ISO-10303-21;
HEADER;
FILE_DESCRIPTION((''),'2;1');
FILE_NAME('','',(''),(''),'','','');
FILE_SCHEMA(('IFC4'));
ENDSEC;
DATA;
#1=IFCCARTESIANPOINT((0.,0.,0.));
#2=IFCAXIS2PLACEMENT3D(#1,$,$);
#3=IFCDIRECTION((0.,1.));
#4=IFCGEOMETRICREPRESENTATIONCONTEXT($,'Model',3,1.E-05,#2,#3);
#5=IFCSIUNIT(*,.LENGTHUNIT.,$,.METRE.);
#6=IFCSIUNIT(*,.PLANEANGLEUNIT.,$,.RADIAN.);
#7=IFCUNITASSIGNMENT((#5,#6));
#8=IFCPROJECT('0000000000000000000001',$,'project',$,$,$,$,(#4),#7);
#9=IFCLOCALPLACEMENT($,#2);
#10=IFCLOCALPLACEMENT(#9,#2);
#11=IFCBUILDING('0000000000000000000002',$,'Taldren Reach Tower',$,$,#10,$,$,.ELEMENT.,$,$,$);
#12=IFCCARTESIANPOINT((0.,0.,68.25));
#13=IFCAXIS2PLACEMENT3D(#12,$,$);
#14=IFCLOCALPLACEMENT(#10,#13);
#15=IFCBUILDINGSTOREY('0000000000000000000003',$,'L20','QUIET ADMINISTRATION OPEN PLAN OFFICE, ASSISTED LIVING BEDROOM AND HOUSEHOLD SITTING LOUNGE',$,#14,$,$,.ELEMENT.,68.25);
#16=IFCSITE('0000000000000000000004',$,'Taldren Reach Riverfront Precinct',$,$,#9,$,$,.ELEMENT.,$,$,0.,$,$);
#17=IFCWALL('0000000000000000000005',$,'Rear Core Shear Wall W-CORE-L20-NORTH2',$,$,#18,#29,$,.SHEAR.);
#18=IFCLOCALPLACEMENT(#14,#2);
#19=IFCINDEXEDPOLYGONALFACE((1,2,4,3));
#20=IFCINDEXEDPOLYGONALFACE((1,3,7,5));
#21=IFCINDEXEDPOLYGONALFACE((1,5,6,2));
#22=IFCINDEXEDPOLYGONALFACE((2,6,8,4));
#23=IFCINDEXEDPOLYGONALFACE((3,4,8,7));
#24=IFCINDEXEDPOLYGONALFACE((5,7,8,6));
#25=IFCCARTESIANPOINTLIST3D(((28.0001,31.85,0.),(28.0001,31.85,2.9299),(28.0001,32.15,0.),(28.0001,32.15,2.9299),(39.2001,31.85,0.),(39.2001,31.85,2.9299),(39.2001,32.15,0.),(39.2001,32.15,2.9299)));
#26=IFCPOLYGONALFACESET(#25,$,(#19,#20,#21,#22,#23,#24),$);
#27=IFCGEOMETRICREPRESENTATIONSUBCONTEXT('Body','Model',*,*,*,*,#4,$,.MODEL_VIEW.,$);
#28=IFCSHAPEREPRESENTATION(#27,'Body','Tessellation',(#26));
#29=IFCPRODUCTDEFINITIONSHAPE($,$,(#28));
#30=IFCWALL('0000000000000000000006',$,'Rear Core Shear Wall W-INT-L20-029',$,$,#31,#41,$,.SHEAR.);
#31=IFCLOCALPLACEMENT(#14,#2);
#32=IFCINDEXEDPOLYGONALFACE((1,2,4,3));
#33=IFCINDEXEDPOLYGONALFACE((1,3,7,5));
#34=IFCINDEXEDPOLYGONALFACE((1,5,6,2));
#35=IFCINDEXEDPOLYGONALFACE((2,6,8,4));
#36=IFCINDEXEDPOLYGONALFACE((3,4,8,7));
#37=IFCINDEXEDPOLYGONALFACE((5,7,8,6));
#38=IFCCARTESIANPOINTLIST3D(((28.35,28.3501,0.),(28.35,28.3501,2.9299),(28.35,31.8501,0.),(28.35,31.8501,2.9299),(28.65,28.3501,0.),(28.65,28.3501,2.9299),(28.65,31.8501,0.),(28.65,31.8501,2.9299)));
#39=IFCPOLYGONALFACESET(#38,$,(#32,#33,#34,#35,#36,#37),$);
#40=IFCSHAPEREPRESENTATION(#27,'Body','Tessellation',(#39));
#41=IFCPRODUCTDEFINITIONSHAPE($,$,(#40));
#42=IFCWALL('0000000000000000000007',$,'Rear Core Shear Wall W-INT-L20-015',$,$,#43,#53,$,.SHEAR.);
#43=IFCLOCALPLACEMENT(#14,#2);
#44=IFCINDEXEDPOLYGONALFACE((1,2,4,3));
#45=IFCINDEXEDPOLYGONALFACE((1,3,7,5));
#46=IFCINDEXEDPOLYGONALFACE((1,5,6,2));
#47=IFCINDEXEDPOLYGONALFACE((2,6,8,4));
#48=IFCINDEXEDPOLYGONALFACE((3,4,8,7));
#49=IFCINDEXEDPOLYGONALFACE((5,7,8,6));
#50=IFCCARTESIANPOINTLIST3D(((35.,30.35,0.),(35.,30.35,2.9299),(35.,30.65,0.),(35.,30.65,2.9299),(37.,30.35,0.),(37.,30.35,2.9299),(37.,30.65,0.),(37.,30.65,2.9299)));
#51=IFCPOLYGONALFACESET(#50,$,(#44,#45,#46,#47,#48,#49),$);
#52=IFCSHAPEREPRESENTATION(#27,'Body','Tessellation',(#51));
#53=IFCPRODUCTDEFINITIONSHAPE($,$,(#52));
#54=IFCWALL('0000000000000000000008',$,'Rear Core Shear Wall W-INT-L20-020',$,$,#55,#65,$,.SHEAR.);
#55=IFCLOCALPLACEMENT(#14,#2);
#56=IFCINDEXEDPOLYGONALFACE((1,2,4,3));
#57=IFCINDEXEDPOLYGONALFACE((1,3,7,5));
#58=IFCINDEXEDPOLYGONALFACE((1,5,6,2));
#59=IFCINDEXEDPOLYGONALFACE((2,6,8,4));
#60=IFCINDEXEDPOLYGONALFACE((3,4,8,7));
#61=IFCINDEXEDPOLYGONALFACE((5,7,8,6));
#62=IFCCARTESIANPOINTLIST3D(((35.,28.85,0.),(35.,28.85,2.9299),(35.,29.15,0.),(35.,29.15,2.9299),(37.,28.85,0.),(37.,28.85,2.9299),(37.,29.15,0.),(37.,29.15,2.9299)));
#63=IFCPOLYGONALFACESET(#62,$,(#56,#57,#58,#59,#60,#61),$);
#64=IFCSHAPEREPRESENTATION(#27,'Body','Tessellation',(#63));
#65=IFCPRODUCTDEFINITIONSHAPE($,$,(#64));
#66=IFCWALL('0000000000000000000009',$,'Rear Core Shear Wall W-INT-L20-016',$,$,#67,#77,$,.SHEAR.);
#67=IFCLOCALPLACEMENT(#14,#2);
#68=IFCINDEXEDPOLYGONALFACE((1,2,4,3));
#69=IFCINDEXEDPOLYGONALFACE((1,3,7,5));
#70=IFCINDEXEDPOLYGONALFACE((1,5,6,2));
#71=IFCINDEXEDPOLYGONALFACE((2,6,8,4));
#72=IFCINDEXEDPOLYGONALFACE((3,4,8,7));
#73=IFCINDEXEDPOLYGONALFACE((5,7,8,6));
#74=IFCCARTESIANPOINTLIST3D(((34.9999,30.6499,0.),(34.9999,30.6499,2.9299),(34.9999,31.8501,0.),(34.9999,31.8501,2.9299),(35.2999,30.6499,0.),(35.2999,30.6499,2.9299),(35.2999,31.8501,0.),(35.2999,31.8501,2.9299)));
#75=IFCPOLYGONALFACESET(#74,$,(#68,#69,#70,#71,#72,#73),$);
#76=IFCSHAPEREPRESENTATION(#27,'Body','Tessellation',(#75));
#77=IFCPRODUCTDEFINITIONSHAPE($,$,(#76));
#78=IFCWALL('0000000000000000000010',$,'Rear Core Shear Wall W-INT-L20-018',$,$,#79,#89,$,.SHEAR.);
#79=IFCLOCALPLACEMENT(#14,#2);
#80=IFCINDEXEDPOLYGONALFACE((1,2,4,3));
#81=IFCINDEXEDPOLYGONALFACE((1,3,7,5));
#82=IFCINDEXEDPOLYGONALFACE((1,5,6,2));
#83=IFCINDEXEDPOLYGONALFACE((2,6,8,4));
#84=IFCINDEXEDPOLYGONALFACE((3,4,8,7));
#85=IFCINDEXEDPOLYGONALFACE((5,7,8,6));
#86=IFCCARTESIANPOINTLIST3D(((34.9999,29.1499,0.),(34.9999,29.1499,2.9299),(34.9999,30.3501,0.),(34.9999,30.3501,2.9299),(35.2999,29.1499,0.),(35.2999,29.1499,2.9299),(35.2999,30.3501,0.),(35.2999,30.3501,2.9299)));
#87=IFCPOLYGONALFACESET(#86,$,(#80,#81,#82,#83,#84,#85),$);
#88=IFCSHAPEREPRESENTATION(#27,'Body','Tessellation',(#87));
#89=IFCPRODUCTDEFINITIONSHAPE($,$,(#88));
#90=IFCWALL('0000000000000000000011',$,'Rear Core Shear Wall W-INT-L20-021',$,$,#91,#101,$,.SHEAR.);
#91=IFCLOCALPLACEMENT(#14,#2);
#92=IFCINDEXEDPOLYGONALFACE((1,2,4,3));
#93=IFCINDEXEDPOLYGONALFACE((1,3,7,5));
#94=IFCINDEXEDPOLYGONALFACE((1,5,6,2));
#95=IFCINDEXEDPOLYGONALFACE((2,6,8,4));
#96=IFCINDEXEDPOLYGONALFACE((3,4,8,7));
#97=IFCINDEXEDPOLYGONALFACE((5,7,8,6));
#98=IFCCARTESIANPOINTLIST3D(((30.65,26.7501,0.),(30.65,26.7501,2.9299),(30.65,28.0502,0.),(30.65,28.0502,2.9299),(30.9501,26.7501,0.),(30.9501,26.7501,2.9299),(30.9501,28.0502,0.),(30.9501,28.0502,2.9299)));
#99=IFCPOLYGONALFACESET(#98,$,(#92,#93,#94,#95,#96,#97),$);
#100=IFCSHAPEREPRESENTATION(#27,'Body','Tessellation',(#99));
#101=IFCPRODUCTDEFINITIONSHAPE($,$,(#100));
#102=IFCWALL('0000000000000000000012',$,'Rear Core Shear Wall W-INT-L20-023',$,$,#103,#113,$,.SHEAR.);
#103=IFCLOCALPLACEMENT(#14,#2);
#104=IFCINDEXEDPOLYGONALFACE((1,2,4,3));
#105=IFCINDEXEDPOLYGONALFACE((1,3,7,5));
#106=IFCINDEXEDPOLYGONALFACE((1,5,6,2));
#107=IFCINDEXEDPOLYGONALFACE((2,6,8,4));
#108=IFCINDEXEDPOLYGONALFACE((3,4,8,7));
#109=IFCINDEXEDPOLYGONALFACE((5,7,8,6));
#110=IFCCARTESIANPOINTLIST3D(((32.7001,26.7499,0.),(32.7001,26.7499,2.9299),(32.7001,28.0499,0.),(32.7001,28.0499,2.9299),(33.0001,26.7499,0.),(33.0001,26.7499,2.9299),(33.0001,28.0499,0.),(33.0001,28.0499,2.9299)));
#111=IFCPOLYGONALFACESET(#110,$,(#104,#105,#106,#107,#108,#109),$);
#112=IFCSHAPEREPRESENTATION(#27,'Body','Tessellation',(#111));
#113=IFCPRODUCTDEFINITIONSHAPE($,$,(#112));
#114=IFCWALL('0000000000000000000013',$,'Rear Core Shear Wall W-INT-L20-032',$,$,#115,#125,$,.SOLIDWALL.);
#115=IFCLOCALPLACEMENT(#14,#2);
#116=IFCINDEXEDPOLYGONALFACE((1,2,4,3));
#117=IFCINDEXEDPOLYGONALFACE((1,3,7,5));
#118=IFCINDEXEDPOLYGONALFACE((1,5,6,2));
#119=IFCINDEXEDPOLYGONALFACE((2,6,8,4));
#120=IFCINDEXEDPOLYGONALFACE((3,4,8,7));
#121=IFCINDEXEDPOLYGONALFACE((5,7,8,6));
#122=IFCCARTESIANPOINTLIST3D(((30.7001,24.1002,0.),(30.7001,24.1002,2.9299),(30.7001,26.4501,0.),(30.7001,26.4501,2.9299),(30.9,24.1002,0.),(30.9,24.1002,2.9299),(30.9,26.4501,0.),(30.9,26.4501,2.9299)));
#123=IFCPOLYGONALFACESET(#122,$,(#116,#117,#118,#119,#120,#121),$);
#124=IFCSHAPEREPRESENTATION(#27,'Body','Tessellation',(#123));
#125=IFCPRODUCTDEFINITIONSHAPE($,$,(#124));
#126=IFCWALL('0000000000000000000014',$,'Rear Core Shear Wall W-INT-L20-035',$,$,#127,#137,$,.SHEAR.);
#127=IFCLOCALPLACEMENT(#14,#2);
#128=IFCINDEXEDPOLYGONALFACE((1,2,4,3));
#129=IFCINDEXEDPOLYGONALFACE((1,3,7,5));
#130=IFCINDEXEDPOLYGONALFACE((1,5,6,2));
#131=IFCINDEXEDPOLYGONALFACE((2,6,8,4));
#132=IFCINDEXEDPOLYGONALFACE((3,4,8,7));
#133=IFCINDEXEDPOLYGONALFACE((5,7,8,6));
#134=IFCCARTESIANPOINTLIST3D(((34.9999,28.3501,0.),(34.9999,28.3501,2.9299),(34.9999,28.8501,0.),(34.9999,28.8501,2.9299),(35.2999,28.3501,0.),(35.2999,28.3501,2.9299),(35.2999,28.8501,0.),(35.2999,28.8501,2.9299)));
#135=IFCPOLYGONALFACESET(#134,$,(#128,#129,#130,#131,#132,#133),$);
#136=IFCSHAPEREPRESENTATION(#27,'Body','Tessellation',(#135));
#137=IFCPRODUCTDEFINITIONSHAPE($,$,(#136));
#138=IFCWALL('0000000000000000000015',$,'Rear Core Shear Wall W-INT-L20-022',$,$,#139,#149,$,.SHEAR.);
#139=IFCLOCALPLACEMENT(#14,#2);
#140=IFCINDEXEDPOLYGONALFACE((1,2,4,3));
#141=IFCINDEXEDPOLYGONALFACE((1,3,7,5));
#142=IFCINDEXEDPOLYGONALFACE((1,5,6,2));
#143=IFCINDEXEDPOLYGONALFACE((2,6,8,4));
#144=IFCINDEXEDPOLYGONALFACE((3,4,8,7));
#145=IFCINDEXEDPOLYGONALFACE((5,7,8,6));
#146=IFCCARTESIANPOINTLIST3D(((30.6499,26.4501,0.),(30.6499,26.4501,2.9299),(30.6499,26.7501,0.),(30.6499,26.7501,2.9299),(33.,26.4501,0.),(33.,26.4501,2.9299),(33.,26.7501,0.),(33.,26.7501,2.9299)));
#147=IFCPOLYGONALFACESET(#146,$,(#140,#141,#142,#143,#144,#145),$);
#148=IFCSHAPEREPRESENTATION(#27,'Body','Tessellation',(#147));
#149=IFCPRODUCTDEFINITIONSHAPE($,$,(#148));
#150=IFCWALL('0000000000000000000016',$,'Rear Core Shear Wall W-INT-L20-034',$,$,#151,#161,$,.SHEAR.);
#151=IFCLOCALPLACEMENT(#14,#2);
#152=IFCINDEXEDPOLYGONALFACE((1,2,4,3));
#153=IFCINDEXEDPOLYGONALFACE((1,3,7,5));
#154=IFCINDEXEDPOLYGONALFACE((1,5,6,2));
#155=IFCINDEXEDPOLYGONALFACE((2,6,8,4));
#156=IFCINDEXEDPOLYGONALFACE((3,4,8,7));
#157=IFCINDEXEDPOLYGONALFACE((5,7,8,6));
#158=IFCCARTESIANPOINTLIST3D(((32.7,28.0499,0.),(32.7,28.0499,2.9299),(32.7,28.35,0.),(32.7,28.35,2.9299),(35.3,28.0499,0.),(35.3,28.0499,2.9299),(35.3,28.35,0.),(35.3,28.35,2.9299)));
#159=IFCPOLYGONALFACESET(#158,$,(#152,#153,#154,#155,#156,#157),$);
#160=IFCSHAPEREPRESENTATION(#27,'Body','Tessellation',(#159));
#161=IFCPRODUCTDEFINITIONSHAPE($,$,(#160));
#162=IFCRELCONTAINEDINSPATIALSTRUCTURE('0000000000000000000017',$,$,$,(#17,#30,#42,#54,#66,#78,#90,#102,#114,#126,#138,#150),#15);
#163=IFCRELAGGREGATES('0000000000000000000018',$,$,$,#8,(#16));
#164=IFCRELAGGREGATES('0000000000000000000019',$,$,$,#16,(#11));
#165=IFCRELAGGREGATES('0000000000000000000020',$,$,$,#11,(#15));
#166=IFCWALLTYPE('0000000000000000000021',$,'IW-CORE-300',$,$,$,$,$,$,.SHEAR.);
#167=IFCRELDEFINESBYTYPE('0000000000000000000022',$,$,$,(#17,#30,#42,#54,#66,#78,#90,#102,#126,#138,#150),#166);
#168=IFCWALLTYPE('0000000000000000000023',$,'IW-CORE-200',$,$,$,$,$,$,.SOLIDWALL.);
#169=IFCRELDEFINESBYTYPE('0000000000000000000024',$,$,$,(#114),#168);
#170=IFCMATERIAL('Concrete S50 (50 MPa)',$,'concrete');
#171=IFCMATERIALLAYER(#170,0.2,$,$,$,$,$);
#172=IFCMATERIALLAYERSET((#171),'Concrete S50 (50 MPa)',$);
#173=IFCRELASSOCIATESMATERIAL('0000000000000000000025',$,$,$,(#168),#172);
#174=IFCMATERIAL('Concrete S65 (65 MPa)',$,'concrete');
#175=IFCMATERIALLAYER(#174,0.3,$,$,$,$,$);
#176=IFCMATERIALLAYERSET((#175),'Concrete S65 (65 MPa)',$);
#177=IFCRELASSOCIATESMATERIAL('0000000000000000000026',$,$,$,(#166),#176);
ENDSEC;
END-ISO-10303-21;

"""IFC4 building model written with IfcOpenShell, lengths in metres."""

from ifc_helpers import new_model, si_unit, direction, frame, frame_2d, origin, place, context, subcontext, project, spatial, rectangle, extrude, source, transform, mapped, material, layer, layer_set, type_object, element, save


model = new_model("IFC4")

# Units and contexts
model_context = context("Model", 3, precision=1e-05, world=origin(), true_north=direction((0.0, 1.0)))
body_context = subcontext(model_context, "Body", "Model", "MODEL_VIEW")
ifc_project = project(units=[si_unit("LENGTHUNIT", "METRE"), si_unit("PLANEANGLEUNIT", "RADIAN")], contexts=[model_context])

# Site, building, storey
site_placement = place(None, origin())
site = spatial("IfcSite", under=ifc_project, at=site_placement, Name="Taldren Reach Riverfront Precinct", CompositionType="ELEMENT", RefElevation=0.0)
building_placement = place(site_placement, origin())
building = spatial("IfcBuilding", under=site, at=building_placement, Name="Taldren Reach Tower", CompositionType="ELEMENT")
storey_placement = place(building_placement, frame((0.0, 0.0, 68.25)))
storey = spatial("IfcBuildingStorey", under=building, at=storey_placement, Name="L20", Description="QUIET ADMINISTRATION OPEN PLAN OFFICE, ASSISTED LIVING BEDROOM AND HOUSEHOLD SITTING LOUNGE", CompositionType="ELEMENT", Elevation=68.25)

# Shared definitions
ifc_material_1 = material(Name="Concrete S65 (65 MPa)", Category="concrete")

# Shared definitions
ifc_material_2 = material(Name="Concrete S50 (50 MPa)", Category="concrete")
ifc_layer_1 = layer(ifc_material_2, 0.2)
ifc_layer_set_1 = layer_set([ifc_layer_1], Name="Concrete S50 (50 MPa)")
wall_type_1 = type_object("IfcWallType", Name="IW-CORE-200", PredefinedType="SOLIDWALL", material=ifc_layer_set_1)

# Walls
ifc_layer_2 = layer(ifc_material_1, 0.3)
ifc_layer_set_2 = layer_set([ifc_layer_2], Name="Concrete S65 (65 MPa)")
wall_type_2 = type_object("IfcWallType", Name="IW-CORE-300", PredefinedType="SHEAR", material=ifc_layer_set_2)
shared_shape_1 = source(origin(), body_context, "Body", "SweptSolid", [
    extrude(rectangle(XDim=11.2, YDim=0.3, at=frame_2d((5.6001, 0.0))), origin(), (0.0, 0.0, 1.0), 2.9299),
])
wall_1_placement = place(storey_placement, frame((28.0, 32.0, 0.0), z_axis=(0.0, 0.0, 1.0), x_axis=(1.0, 0.0, 0.0)))
element("IfcWall", 1, at=wall_1_placement, inside=storey, type_object=wall_type_2, Name="Rear Core Shear Wall W-CORE-L20-NORTH2", PredefinedType="SHEAR", context=body_context, shape_type="MappedRepresentation", body=[
    mapped(shared_shape_1, transform((0.0, 0.0, 0.0), scale=1.0)),
])
shared_shape_2 = source(origin(), body_context, "Body", "SweptSolid", [
    extrude(rectangle(XDim=3.5, YDim=0.3, at=frame_2d((1.75, 0.0))), origin(), (0.0, 0.0, 1.0), 2.9299),
])
wall_2_placement = place(storey_placement, frame((28.5, 28.3501, 0.0), z_axis=(0.0, 0.0, 1.0), x_axis=(0.0, 1.0, 0.0)))
element("IfcWall", 2, at=wall_2_placement, inside=storey, type_object=wall_type_2, Name="Rear Core Shear Wall W-INT-L20-029", PredefinedType="SHEAR", context=body_context, shape_type="MappedRepresentation", body=[
    mapped(shared_shape_2, transform((0.0, 0.0, 0.0), scale=1.0)),
])
shared_shape_3 = source(origin(), body_context, "Body", "SweptSolid", [
    extrude(rectangle(XDim=2.0, YDim=0.3, at=frame_2d((1.0, 0.0))), origin(), (0.0, 0.0, 1.0), 2.9299),
])
for number, where, z_axis, x_axis, name in (
    (3, (35.0, 30.5, 0.0), (0.0, 0.0, 1.0), (1.0, 0.0, 0.0), "Rear Core Shear Wall W-INT-L20-015"),
    (4, (35.0, 29.0, 0.0), (0.0, 0.0, 1.0), (1.0, 0.0, 0.0), "Rear Core Shear Wall W-INT-L20-020"),
):
    element("IfcWall", number, at=place(storey_placement, frame(where, z_axis=z_axis, x_axis=x_axis)), inside=storey, type_object=wall_type_2, Name=name, PredefinedType="SHEAR", context=body_context, shape_type="MappedRepresentation", body=[
        mapped(shared_shape_3, transform((0.0, 0.0, 0.0), scale=1.0)),
    ])
shared_shape_4 = source(origin(), body_context, "Body", "SweptSolid", [
    extrude(rectangle(XDim=1.2002, YDim=0.3, at=frame_2d((0.6001, 0.0))), origin(), (0.0, 0.0, 1.0), 2.9299),
])
for number, where, z_axis, x_axis, name in (
    (5, (35.1499, 31.8501, 0.0), (0.0, 0.0, 1.0), (0.0, -1.0, 0.0), "Rear Core Shear Wall W-INT-L20-016"),
    (6, (35.1499, 30.3501, 0.0), (0.0, 0.0, 1.0), (0.0, -1.0, 0.0), "Rear Core Shear Wall W-INT-L20-018"),
):
    element("IfcWall", number, at=place(storey_placement, frame(where, z_axis=z_axis, x_axis=x_axis)), inside=storey, type_object=wall_type_2, Name=name, PredefinedType="SHEAR", context=body_context, shape_type="MappedRepresentation", body=[
        mapped(shared_shape_4, transform((0.0, 0.0, 0.0), scale=1.0)),
    ])
shared_shape_5 = source(origin(), body_context, "Body", "SweptSolid", [
    extrude(rectangle(XDim=1.3, YDim=0.3, at=frame_2d((0.6499, 0.0))), origin(), (0.0, 0.0, 1.0), 2.9299),
])
for number, where, z_axis, x_axis, name in (
    (7, (30.8, 28.05, 0.0), (0.0, 0.0, 1.0), (0.0, -1.0, 0.0), "Rear Core Shear Wall W-INT-L20-021"),
    (8, (32.8501, 26.75, 0.0), (0.0, 0.0, 1.0), (0.0, 1.0, 0.0), "Rear Core Shear Wall W-INT-L20-023"),
):
    element("IfcWall", number, at=place(storey_placement, frame(where, z_axis=z_axis, x_axis=x_axis)), inside=storey, type_object=wall_type_2, Name=name, PredefinedType="SHEAR", context=body_context, shape_type="MappedRepresentation", body=[
        mapped(shared_shape_5, transform((0.0, 0.0, 0.0), scale=1.0)),
    ])

# Walls
shared_shape_6 = source(origin(), body_context, "Body", "SweptSolid", [
    extrude(rectangle(XDim=2.3499, YDim=0.2, at=frame_2d((1.1748, 0.0))), origin(), (0.0, 0.0, 1.0), 2.9299),
])
wall_3_placement = place(storey_placement, frame((30.8, 26.45, 0.0), z_axis=(0.0, 0.0, 1.0), x_axis=(0.0, -1.0, 0.0)))
element("IfcWall", 9, at=wall_3_placement, inside=storey, type_object=wall_type_1, Name="Rear Core Shear Wall W-INT-L20-032", PredefinedType="SOLIDWALL", context=body_context, shape_type="MappedRepresentation", body=[
    mapped(shared_shape_6, transform((0.0, 0.0, 0.0), scale=1.0)),
])
shared_shape_7 = source(origin(), body_context, "Body", "SweptSolid", [
    extrude(rectangle(XDim=0.5, YDim=0.3, at=frame_2d((0.25, 0.0))), origin(), (0.0, 0.0, 1.0), 2.9299),
])
wall_4_placement = place(storey_placement, frame((35.1499, 28.3501, 0.0), z_axis=(0.0, 0.0, 1.0), x_axis=(0.0, 1.0, 0.0)))
element("IfcWall", 10, at=wall_4_placement, inside=storey, type_object=wall_type_2, Name="Rear Core Shear Wall W-INT-L20-035", PredefinedType="SHEAR", context=body_context, shape_type="MappedRepresentation", body=[
    mapped(shared_shape_7, transform((0.0, 0.0, 0.0), scale=1.0)),
])
shared_shape_8 = source(origin(), body_context, "Body", "SweptSolid", [
    extrude(rectangle(XDim=2.3501, YDim=0.3, at=frame_2d((1.175, 0.0))), origin(), (0.0, 0.0, 1.0), 2.9299),
])
wall_5_placement = place(storey_placement, frame((30.6499, 26.6001, 0.0), z_axis=(0.0, 0.0, 1.0), x_axis=(1.0, 0.0, 0.0)))
element("IfcWall", 11, at=wall_5_placement, inside=storey, type_object=wall_type_2, Name="Rear Core Shear Wall W-INT-L20-022", PredefinedType="SHEAR", context=body_context, shape_type="MappedRepresentation", body=[
    mapped(shared_shape_8, transform((0.0, 0.0, 0.0), scale=1.0)),
])
shared_shape_9 = source(origin(), body_context, "Body", "SweptSolid", [
    extrude(rectangle(XDim=2.6001, YDim=0.3, at=frame_2d((1.3, 0.0))), origin(), (0.0, 0.0, 1.0), 2.9299),
])
wall_6_placement = place(storey_placement, frame((32.7, 28.2, 0.0), z_axis=(0.0, 0.0, 1.0), x_axis=(1.0, 0.0, 0.0)))
element("IfcWall", 12, at=wall_6_placement, inside=storey, type_object=wall_type_2, Name="Rear Core Shear Wall W-INT-L20-034", PredefinedType="SHEAR", context=body_context, shape_type="MappedRepresentation", body=[
    mapped(shared_shape_9, transform((0.0, 0.0, 0.0), scale=1.0)),
])

save(model, "model.ifc")
